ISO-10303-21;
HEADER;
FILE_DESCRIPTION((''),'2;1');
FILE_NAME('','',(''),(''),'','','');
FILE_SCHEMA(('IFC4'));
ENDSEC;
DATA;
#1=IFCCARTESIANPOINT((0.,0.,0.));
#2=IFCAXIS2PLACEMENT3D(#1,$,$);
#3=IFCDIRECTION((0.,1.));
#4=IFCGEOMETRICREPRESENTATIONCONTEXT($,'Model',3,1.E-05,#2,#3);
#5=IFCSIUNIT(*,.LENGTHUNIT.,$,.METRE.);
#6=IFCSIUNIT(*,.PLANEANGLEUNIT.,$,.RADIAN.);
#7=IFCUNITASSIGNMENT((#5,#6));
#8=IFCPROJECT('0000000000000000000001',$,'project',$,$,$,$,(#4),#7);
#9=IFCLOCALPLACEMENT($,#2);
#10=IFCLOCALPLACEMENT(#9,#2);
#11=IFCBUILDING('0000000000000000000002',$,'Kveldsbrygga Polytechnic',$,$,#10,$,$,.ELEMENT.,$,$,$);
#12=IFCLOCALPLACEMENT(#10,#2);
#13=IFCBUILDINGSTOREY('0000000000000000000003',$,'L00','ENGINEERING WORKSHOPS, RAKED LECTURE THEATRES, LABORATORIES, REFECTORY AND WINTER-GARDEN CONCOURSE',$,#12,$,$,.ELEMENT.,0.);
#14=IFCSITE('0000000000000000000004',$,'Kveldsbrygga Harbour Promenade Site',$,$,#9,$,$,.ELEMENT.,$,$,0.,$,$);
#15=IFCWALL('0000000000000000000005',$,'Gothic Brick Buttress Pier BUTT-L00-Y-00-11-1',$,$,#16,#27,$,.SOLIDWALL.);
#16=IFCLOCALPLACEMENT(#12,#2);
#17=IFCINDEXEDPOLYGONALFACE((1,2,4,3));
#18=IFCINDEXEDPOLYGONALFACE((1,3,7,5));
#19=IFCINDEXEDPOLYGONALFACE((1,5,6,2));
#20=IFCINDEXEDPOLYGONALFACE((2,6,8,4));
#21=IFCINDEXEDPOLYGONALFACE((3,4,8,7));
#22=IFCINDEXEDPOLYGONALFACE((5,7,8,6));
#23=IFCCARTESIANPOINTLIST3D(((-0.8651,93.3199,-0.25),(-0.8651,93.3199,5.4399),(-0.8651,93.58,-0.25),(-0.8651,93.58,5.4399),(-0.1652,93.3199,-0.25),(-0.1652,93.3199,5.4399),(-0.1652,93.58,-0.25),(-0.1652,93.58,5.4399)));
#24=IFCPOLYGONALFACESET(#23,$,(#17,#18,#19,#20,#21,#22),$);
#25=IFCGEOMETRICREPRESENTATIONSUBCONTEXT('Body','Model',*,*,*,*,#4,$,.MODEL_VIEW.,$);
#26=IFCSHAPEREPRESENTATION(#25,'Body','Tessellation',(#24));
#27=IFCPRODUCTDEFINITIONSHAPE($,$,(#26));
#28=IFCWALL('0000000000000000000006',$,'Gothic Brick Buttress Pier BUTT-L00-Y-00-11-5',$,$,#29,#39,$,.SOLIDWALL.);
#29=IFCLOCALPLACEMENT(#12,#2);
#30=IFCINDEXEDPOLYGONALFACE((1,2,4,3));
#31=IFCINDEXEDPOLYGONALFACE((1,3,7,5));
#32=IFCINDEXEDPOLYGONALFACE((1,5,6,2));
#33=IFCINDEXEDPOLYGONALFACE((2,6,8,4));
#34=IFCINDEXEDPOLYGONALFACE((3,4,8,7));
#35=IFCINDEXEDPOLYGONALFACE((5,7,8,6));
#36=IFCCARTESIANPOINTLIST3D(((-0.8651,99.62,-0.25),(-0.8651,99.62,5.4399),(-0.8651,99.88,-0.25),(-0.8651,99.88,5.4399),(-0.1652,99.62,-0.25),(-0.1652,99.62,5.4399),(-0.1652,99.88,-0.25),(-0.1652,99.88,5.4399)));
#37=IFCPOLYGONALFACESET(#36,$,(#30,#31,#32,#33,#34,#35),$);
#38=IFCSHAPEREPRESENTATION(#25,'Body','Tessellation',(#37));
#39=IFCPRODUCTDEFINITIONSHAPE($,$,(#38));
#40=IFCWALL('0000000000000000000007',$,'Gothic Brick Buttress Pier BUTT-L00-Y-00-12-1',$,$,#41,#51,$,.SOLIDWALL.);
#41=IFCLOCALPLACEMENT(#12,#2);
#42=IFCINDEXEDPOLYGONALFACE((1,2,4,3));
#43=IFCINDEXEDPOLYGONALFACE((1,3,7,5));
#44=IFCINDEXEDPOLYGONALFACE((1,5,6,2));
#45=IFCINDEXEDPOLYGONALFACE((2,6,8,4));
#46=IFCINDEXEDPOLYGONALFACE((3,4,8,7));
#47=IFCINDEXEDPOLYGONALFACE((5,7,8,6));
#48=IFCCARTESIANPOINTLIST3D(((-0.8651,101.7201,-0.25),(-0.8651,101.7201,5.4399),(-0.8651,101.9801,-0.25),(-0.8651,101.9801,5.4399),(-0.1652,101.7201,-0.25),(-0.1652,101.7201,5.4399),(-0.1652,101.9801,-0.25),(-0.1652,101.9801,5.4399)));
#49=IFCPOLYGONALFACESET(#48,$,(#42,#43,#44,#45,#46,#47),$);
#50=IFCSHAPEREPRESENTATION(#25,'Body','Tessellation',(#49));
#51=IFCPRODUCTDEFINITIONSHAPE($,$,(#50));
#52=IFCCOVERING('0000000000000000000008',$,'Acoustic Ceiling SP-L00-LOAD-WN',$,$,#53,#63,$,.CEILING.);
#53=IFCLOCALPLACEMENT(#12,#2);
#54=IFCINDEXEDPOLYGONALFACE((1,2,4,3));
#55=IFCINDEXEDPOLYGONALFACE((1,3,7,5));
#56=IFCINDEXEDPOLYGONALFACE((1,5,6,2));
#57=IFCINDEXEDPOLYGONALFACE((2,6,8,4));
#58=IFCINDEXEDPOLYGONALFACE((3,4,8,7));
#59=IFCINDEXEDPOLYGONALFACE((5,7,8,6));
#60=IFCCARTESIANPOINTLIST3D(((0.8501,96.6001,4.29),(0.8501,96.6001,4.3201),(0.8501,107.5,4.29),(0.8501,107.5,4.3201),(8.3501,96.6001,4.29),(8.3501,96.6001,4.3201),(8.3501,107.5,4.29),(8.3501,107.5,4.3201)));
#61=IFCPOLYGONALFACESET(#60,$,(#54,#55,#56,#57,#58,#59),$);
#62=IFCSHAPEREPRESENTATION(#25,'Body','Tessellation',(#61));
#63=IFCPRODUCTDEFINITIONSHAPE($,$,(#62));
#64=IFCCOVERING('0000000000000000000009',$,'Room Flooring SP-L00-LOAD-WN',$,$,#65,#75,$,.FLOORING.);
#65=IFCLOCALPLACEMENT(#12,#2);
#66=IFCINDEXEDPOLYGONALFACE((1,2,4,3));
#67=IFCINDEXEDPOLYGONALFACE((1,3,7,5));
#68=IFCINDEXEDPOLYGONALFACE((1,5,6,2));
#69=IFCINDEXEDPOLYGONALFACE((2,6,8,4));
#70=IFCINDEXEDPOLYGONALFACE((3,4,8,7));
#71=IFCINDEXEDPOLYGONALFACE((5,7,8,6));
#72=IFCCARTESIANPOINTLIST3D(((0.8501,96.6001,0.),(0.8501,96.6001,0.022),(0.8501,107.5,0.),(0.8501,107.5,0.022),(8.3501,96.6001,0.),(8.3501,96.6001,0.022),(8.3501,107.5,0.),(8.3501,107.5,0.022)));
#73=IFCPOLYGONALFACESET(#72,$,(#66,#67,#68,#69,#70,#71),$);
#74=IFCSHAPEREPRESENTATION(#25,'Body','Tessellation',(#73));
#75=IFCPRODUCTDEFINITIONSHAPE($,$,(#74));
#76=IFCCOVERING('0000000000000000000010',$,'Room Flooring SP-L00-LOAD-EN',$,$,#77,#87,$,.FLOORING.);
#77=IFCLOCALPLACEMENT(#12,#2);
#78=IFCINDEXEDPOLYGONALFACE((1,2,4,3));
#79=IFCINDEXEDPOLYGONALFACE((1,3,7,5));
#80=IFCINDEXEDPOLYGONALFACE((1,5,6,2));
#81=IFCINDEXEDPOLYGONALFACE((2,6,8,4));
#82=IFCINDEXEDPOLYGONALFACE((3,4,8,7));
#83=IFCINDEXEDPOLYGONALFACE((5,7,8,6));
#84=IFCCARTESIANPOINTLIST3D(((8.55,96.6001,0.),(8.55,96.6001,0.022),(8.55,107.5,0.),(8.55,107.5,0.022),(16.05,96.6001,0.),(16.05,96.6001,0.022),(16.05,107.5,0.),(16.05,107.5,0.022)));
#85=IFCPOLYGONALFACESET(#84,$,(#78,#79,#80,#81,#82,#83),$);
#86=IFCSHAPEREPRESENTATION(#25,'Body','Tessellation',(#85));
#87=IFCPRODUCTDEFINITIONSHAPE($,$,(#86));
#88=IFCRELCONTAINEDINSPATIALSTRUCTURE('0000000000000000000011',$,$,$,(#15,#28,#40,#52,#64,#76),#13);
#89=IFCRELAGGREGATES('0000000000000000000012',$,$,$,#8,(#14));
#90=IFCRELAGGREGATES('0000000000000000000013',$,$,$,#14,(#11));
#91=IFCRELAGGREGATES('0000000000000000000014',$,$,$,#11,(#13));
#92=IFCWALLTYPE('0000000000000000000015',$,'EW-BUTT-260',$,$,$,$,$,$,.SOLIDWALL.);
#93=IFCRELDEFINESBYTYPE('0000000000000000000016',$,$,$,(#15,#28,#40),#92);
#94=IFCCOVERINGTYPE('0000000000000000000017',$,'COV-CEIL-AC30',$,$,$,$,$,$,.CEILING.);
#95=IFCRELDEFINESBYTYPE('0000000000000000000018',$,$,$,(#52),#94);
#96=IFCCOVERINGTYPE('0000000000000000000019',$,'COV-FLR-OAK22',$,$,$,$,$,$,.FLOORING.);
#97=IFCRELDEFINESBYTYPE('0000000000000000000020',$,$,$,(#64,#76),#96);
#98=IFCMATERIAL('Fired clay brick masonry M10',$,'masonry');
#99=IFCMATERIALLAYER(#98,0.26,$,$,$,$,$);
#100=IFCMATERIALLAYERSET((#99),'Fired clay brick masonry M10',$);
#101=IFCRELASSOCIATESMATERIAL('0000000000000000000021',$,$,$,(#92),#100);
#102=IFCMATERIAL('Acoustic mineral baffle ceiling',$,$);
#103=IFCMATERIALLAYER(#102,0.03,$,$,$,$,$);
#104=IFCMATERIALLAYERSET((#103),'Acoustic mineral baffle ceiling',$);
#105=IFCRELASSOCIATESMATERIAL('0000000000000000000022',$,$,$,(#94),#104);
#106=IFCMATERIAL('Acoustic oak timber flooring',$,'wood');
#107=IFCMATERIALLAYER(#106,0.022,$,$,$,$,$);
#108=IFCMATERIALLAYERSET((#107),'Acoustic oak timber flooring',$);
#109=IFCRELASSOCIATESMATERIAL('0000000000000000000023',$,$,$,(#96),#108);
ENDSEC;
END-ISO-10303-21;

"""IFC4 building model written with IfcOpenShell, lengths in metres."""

from ifc_helpers import new_model, si_unit, direction, frame, frame_2d, origin, origin_2d, place, context, subcontext, project, spatial, rectangle, extrude, material, layer, layer_set, type_object, element, save


model = new_model("IFC4")

# Units and contexts
model_context = context("Model", 3, precision=1e-05, world=origin(), true_north=direction((0.0, 1.0)))
body_context = subcontext(model_context, "Body", "Model", "MODEL_VIEW")
ifc_project = project(units=[si_unit("LENGTHUNIT", "METRE"), si_unit("PLANEANGLEUNIT", "RADIAN")], contexts=[model_context])

# Site, building, storey
site_placement = place(None, origin())
site = spatial("IfcSite", under=ifc_project, at=site_placement, Name="Kveldsbrygga Harbour Promenade Site", CompositionType="ELEMENT", RefElevation=0.0)
building_placement = place(site_placement, origin())
building = spatial("IfcBuilding", under=site, at=building_placement, Name="Kveldsbrygga Polytechnic", CompositionType="ELEMENT")
storey_placement = place(building_placement, origin())
storey = spatial("IfcBuildingStorey", under=building, at=storey_placement, Name="L00", Description="ENGINEERING WORKSHOPS, RAKED LECTURE THEATRES, LABORATORIES, REFECTORY AND WINTER-GARDEN CONCOURSE", CompositionType="ELEMENT", Elevation=0.0)

# Shared definitions
ifc_material_1 = material(Name="Fired clay brick masonry M10", Category="masonry")

# Walls
ifc_layer_1 = layer(ifc_material_1, 0.26)
ifc_layer_set_1 = layer_set([ifc_layer_1], Name="Fired clay brick masonry M10")
wall_type_1 = type_object("IfcWallType", Name="EW-BUTT-260", PredefinedType="SOLIDWALL", material=ifc_layer_set_1)
for number, where, z_axis, x_axis, name in (
    (1, (-0.165, 93.45, -0.25), (0.0, 0.0, 1.0), (-1.0, 0.0, 0.0), "Gothic Brick Buttress Pier BUTT-L00-Y-00-11-1"),
    (2, (-0.165, 99.75, -0.25), (0.0, 0.0, 1.0), (-1.0, 0.0, 0.0), "Gothic Brick Buttress Pier BUTT-L00-Y-00-11-5"),
    (3, (-0.165, 101.8501, -0.25), (0.0, 0.0, 1.0), (-1.0, 0.0, 0.0), "Gothic Brick Buttress Pier BUTT-L00-Y-00-12-1"),
):
    element("IfcWall", number, at=place(storey_placement, frame(where, z_axis=z_axis, x_axis=x_axis)), inside=storey, type_object=wall_type_1, Name=name, PredefinedType="SOLIDWALL", context=body_context, shape_type="SweptSolid", body=[
        extrude(rectangle(XDim=0.7, YDim=0.26, at=frame_2d((0.3501, 0.0))), origin(), (0.0, 0.0, 1.0), 5.6899),
    ])

# Coverings
ifc_material_2 = material(Name="Acoustic mineral baffle ceiling")
ifc_layer_2 = layer(ifc_material_2, 0.03)
ifc_layer_set_2 = layer_set([ifc_layer_2], Name="Acoustic mineral baffle ceiling")
covering_type_1 = type_object("IfcCoveringType", Name="COV-CEIL-AC30", PredefinedType="CEILING", material=ifc_layer_set_2)
covering_placement = place(storey_placement, frame((4.6001, 102.05, 4.29), z_axis=(0.0, 0.0, 1.0), x_axis=(1.0, 0.0, 0.0)))
element("IfcCovering", 4, at=covering_placement, inside=storey, type_object=covering_type_1, Name="Acoustic Ceiling SP-L00-LOAD-WN", PredefinedType="CEILING", context=body_context, shape_type="SweptSolid", body=[
    extrude(rectangle(XDim=7.5, YDim=10.8999, at=origin_2d()), origin(), (0.0, 0.0, 1.0), 0.03),
])
ifc_material_3 = material(Name="Acoustic oak timber flooring", Category="wood")
ifc_layer_3 = layer(ifc_material_3, 0.022)
ifc_layer_set_3 = layer_set([ifc_layer_3], Name="Acoustic oak timber flooring")
covering_type_2 = type_object("IfcCoveringType", Name="COV-FLR-OAK22", PredefinedType="FLOORING", material=ifc_layer_set_3)
for number, where, z_axis, x_axis, name in (
    (5, (4.6001, 102.05, 0.0), (0.0, 0.0, 1.0), (1.0, 0.0, 0.0), "Room Flooring SP-L00-LOAD-WN"),
    (6, (12.3, 102.05, 0.0), (0.0, 0.0, 1.0), (1.0, 0.0, 0.0), "Room Flooring SP-L00-LOAD-EN"),
):
    element("IfcCovering", number, at=place(storey_placement, frame(where, z_axis=z_axis, x_axis=x_axis)), inside=storey, type_object=covering_type_2, Name=name, PredefinedType="FLOORING", context=body_context, shape_type="SweptSolid", body=[
        extrude(rectangle(XDim=7.5, YDim=10.8999, at=origin_2d()), origin(), (0.0, 0.0, 1.0), 0.022),
    ])

save(model, "model.ifc")
